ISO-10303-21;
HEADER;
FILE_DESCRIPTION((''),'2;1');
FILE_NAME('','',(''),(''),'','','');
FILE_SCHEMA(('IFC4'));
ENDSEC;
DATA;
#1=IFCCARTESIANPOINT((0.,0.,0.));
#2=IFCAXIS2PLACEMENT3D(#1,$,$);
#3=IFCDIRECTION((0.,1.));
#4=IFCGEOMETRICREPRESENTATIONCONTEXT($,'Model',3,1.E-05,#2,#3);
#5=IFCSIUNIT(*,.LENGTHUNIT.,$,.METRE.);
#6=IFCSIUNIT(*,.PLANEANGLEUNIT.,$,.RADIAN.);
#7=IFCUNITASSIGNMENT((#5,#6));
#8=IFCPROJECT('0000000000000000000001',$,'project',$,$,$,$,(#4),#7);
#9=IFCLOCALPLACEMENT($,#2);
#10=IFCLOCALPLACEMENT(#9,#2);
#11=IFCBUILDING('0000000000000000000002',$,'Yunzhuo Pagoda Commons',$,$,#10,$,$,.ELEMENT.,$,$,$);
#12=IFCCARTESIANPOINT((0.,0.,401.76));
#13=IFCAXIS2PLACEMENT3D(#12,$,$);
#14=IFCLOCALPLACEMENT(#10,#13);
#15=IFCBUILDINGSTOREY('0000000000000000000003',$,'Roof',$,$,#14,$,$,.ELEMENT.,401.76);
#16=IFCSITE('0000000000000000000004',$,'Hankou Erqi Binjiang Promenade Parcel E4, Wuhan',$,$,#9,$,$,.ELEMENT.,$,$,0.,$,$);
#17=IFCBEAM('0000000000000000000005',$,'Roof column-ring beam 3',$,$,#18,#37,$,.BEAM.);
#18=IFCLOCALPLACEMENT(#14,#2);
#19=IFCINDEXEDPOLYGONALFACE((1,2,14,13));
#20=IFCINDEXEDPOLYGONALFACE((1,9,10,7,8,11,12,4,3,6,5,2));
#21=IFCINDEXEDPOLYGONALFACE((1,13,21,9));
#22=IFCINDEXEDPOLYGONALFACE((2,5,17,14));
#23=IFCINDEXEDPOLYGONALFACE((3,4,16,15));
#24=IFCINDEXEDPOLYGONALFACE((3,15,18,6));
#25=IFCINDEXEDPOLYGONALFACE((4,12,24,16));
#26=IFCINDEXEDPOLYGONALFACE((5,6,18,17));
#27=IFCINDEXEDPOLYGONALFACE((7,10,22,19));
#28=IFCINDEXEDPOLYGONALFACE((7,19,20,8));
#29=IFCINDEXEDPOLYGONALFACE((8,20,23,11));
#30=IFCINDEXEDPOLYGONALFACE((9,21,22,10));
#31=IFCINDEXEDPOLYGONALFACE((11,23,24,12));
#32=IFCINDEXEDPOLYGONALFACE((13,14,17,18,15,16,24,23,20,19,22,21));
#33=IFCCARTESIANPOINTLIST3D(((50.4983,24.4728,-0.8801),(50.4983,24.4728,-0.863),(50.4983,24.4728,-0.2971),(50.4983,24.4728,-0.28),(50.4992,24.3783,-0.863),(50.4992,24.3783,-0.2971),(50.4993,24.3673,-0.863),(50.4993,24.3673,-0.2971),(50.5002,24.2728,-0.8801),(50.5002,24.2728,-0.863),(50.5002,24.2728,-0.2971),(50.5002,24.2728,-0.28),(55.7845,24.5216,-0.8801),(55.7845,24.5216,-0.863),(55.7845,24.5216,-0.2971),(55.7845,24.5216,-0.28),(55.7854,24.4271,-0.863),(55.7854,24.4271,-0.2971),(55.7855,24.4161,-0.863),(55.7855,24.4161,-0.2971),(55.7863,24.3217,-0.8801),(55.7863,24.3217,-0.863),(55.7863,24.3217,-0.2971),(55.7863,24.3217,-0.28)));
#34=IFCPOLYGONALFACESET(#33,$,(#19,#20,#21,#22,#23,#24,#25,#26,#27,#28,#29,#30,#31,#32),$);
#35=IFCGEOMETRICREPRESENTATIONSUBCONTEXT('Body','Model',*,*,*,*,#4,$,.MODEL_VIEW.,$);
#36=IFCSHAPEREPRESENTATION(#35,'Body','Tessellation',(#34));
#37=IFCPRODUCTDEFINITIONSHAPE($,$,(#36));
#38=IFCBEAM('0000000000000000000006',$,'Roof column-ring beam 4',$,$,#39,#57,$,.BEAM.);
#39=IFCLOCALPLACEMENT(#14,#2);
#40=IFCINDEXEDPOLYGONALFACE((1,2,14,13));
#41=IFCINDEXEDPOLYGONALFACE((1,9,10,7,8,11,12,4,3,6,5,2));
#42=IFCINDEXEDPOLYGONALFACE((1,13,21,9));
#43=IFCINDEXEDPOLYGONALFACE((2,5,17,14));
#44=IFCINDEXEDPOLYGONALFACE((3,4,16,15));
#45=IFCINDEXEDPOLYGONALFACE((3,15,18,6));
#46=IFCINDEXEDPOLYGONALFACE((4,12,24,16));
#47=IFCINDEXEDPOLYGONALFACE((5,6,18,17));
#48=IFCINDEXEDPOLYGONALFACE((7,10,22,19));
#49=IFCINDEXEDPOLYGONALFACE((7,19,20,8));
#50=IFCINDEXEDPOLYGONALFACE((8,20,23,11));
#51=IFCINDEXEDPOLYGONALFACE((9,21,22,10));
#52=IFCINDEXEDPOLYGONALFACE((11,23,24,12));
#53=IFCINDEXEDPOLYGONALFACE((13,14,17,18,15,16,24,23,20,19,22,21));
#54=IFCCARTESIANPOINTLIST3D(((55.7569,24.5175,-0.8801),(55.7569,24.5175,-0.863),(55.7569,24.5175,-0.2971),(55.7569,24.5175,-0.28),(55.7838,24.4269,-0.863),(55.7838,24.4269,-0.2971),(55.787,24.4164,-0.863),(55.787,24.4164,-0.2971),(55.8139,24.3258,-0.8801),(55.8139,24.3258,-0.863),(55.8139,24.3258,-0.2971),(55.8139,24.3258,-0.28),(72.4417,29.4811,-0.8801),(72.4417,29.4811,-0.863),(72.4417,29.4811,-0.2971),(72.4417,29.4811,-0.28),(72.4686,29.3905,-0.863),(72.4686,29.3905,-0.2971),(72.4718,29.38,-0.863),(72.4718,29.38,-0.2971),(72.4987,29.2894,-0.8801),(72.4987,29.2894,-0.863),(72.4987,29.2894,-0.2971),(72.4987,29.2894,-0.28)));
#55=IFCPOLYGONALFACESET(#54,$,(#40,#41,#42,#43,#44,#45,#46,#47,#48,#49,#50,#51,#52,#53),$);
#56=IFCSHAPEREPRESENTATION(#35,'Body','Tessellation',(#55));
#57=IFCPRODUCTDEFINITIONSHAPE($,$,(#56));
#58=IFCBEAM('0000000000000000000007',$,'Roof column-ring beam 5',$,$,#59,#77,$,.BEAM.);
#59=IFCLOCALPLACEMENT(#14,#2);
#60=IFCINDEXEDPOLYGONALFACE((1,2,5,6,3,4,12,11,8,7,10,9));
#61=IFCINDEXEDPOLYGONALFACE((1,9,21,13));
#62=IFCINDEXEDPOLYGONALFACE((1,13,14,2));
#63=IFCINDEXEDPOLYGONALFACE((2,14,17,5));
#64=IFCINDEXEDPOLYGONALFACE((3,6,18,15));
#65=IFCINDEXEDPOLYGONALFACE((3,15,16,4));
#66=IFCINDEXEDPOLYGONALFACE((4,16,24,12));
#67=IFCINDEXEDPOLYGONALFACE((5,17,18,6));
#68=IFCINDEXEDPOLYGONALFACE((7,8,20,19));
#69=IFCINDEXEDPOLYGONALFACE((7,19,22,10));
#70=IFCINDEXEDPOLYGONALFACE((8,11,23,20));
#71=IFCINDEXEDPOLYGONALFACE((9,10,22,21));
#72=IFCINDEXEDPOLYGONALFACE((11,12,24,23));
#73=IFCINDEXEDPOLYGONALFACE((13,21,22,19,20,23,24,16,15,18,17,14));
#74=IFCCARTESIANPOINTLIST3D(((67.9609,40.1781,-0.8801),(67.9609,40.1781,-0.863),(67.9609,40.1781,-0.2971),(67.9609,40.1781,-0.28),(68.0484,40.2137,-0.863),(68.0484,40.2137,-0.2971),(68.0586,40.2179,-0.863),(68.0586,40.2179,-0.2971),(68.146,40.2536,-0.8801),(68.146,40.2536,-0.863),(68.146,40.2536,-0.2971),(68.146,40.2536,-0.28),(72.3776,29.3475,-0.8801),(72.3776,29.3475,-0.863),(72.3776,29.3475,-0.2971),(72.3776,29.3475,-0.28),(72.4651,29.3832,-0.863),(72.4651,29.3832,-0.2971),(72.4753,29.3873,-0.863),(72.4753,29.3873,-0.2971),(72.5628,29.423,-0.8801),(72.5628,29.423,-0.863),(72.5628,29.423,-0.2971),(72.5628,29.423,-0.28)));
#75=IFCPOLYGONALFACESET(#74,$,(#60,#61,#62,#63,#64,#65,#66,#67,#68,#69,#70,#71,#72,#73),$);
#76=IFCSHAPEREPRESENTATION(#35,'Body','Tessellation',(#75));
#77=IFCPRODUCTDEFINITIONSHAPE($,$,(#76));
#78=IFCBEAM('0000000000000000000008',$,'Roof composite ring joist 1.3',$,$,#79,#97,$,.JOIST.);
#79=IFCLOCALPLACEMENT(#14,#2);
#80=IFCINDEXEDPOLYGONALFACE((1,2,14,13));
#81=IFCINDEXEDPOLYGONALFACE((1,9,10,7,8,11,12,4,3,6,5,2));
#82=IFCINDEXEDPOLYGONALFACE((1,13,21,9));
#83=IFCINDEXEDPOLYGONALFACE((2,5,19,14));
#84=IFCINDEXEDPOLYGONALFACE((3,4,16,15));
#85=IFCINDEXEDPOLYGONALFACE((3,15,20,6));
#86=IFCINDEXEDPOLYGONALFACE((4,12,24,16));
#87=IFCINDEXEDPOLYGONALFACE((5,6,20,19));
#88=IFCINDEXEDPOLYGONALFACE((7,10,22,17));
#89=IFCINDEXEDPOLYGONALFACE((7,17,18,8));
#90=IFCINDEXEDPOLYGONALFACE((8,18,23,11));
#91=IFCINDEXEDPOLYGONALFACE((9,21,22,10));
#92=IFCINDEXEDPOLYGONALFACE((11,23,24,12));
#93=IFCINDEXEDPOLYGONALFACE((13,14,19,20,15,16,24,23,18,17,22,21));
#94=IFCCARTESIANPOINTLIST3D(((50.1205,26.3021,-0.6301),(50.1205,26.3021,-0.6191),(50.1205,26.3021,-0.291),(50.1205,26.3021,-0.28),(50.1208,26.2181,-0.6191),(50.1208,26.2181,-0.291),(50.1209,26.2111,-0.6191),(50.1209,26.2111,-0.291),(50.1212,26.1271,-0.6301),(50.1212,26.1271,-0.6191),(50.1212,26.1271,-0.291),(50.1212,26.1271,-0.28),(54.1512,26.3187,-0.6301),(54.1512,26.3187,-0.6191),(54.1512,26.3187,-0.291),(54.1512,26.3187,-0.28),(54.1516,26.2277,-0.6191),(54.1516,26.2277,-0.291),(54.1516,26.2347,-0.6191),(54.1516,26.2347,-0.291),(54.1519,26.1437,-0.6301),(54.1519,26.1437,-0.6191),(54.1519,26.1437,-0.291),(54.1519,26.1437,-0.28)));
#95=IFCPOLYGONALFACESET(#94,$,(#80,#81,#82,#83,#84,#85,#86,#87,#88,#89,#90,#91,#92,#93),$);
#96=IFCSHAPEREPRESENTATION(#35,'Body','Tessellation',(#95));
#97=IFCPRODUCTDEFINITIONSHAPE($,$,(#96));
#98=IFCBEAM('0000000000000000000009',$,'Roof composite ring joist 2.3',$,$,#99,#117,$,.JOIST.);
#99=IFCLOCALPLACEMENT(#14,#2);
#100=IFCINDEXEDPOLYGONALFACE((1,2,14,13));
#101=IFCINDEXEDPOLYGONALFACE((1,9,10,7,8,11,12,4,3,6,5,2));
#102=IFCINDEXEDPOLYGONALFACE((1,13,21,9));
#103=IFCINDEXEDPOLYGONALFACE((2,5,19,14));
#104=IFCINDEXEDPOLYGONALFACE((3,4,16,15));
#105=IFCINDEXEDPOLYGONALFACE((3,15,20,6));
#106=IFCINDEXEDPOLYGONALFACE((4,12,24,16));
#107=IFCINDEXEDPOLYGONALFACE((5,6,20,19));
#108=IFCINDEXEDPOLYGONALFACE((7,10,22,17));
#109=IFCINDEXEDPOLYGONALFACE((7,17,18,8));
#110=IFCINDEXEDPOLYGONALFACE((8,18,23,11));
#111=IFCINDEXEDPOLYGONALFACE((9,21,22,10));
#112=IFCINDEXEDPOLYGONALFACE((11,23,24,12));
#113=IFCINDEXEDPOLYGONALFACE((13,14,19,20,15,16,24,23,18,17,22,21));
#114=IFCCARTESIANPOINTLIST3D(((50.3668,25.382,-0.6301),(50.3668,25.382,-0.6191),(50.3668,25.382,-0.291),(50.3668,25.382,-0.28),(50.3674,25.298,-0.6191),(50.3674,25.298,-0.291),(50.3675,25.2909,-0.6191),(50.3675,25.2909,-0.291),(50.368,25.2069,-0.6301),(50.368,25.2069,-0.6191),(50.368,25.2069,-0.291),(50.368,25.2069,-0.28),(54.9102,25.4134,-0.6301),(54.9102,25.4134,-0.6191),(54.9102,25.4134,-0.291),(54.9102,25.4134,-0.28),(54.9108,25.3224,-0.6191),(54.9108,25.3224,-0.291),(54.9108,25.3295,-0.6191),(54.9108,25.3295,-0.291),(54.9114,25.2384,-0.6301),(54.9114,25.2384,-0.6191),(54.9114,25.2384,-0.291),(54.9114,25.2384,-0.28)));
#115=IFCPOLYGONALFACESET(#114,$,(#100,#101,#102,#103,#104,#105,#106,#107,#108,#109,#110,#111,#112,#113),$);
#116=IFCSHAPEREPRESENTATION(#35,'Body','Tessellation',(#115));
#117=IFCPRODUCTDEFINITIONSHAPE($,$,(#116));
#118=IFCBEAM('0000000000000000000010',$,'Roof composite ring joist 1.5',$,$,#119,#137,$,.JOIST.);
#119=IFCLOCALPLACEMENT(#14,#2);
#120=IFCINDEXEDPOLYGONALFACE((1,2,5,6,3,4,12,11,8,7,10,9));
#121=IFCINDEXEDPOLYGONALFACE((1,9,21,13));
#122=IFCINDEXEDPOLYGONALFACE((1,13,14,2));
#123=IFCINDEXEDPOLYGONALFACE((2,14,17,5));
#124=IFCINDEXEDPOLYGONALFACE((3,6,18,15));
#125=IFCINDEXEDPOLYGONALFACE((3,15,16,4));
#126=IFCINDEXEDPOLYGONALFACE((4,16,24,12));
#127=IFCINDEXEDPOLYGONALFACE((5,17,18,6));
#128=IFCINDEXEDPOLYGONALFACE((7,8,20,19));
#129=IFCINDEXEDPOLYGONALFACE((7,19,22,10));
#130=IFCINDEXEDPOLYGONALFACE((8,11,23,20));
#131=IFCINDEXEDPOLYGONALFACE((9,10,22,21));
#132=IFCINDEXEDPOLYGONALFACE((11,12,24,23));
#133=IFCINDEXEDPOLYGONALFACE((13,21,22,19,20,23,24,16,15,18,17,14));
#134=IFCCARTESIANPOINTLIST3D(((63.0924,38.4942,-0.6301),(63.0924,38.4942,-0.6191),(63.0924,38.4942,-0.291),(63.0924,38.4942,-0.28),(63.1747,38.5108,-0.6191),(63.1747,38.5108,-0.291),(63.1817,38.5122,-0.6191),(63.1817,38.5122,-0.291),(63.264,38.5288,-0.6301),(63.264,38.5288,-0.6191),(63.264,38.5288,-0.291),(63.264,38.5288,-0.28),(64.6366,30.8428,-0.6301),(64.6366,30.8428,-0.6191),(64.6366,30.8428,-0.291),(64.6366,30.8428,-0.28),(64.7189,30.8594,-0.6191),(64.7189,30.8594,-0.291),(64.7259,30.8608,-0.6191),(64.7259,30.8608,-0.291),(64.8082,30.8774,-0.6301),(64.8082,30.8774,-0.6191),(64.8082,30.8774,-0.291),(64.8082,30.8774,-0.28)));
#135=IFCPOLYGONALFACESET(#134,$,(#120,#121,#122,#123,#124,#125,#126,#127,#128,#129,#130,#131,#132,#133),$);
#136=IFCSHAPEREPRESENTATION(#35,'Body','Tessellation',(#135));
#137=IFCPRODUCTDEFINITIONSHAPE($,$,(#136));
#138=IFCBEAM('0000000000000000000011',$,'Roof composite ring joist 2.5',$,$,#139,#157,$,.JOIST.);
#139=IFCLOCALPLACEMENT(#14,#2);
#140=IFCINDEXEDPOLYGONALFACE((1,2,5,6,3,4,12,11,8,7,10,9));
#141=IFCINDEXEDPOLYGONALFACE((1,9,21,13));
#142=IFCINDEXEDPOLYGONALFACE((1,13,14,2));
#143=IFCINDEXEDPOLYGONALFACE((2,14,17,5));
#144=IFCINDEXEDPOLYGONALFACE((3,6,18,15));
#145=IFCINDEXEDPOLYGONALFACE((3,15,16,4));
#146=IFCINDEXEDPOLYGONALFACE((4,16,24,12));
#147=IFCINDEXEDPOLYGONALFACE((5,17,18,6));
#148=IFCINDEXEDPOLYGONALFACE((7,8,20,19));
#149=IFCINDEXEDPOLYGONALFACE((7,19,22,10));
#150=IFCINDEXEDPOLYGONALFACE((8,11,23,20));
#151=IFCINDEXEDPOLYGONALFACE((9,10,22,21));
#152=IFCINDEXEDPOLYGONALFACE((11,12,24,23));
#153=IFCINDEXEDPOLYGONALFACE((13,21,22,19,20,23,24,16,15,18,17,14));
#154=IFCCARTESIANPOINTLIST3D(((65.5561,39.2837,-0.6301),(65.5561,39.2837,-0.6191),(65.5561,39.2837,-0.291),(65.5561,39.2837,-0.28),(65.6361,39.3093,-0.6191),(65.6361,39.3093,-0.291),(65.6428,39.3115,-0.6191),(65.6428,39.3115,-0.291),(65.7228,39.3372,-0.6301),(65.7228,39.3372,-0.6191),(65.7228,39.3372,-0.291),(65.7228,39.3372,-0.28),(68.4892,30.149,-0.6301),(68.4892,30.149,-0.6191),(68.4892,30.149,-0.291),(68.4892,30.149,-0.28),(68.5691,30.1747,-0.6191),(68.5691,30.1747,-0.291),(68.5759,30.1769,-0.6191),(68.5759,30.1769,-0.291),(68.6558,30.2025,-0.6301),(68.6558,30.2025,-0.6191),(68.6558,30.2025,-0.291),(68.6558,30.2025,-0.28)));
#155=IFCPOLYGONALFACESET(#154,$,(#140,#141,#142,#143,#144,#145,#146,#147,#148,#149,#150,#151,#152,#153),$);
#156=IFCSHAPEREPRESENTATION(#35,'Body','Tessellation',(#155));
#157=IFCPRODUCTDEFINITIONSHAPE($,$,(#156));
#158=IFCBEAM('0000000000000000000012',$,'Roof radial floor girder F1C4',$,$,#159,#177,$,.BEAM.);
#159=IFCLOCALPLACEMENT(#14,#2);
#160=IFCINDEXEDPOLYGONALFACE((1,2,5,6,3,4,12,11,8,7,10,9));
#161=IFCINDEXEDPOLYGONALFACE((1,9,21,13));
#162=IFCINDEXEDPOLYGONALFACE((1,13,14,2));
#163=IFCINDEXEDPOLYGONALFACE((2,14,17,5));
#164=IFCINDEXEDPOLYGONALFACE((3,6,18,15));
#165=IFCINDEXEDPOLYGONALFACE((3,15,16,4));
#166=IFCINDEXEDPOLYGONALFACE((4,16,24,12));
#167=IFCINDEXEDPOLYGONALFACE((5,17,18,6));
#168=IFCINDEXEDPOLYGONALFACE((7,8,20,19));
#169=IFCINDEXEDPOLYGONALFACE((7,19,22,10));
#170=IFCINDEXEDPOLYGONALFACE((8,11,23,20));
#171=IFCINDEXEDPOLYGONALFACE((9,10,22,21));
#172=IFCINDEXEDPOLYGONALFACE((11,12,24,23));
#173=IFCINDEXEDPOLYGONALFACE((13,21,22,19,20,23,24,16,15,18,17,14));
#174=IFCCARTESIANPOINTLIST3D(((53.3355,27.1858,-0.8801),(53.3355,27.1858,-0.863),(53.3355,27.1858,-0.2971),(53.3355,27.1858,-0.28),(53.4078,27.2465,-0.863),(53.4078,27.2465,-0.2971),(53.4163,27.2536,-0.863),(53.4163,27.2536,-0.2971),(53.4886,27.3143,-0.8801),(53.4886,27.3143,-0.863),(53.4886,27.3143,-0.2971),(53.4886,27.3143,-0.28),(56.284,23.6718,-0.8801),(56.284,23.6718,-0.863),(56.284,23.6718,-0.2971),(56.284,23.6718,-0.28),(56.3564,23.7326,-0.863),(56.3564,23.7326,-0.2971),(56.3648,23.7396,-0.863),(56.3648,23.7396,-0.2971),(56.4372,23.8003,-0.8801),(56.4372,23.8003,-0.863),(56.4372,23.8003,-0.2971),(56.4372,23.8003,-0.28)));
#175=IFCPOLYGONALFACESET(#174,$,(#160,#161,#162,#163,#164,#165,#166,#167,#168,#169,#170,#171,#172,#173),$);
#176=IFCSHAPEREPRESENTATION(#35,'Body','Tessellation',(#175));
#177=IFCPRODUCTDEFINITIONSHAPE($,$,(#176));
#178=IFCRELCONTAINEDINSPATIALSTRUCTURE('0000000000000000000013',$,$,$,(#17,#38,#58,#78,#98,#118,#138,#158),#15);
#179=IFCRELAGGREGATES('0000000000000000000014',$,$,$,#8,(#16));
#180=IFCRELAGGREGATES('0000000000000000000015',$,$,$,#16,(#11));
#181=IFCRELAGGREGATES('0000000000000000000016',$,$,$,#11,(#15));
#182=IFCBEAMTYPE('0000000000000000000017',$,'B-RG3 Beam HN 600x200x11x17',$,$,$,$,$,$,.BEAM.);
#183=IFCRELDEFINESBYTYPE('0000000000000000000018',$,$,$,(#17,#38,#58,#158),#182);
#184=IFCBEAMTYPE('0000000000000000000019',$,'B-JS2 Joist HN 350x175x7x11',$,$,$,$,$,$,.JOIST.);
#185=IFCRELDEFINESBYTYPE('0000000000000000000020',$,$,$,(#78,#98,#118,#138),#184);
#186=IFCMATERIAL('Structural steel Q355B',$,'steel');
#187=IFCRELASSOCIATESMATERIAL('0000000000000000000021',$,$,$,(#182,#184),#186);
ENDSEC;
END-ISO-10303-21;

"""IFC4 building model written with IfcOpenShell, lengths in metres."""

from ifc_helpers import new_model, si_unit, direction, frame, origin, origin_2d, place, context, subcontext, project, spatial, i_section, extrude, source, transform, mapped, material, material_profile, profile_set, type_object, element, save


model = new_model("IFC4")

# Units and contexts
model_context = context("Model", 3, precision=1e-05, world=origin(), true_north=direction((0.0, 1.0)))
body_context = subcontext(model_context, "Body", "Model", "MODEL_VIEW")
ifc_project = project(units=[si_unit("LENGTHUNIT", "METRE"), si_unit("PLANEANGLEUNIT", "RADIAN")], contexts=[model_context])

# Site, building, storey
site_placement = place(None, origin())
site = spatial("IfcSite", under=ifc_project, at=site_placement, Name="Hankou Erqi Binjiang Promenade Parcel E4, Wuhan", CompositionType="ELEMENT", RefElevation=0.0)
building_placement = place(site_placement, origin())
building = spatial("IfcBuilding", under=site, at=building_placement, Name="Yunzhuo Pagoda Commons", CompositionType="ELEMENT")
storey_placement = place(building_placement, frame((0.0, 0.0, 401.76)))
storey = spatial("IfcBuildingStorey", under=building, at=storey_placement, Name="Roof", CompositionType="ELEMENT", Elevation=401.76)

# Beams
ifc_material_1 = material(Name="Structural steel Q355B", Category="steel")
ifc_material_profile_1 = material_profile(ifc_material_1, i_section(OverallWidth=0.2, OverallDepth=0.6001, WebThickness=0.011, FlangeThickness=0.0171, at=origin_2d()), Name="Structural steel Q355B")
ifc_profile_set_1 = profile_set([ifc_material_profile_1], Name="Structural steel Q355B")
beam_type_1 = type_object("IfcBeamType", Name="B-RG3 Beam HN 600x200x11x17", PredefinedType="BEAM", material=ifc_profile_set_1)
shared_shape_1 = source(origin(), body_context, "Body", "SweptSolid", [
    extrude(i_section(OverallWidth=0.2, OverallDepth=0.6001, WebThickness=0.011, FlangeThickness=0.0171, at=origin_2d()), origin(), (0.0, 0.0, 1.0), 5.2864),
])
beam_1_placement = place(storey_placement, frame((50.4993, 24.3728, -0.5801), z_axis=(0.999957, 0.009237, 0.0), x_axis=(-0.009237, 0.999957, 0.0)))
element("IfcBeam", 1, at=beam_1_placement, inside=storey, type_object=beam_type_1, Name="Roof column-ring beam 3", PredefinedType="BEAM", context=body_context, shape_type="MappedRepresentation", body=[
    mapped(shared_shape_1, transform((0.0, 0.0, 0.0), scale=1.0)),
])
shared_shape_2 = source(origin(), body_context, "Body", "SweptSolid", [
    extrude(i_section(OverallWidth=0.2, OverallDepth=0.6001, WebThickness=0.011, FlangeThickness=0.0171, at=origin_2d()), origin(), (0.0, 0.0, 1.0), 17.4075),
])
beam_2_placement = place(storey_placement, frame((55.7854, 24.4216, -0.5801), z_axis=(0.958485, 0.285143, 0.0), x_axis=(-0.285143, 0.958485, 0.0)))
element("IfcBeam", 2, at=beam_2_placement, inside=storey, type_object=beam_type_1, Name="Roof column-ring beam 4", PredefinedType="BEAM", context=body_context, shape_type="MappedRepresentation", body=[
    mapped(shared_shape_2, transform((0.0, 0.0, 0.0), scale=1.0)),
])
shared_shape_3 = source(origin(), body_context, "Body", "SweptSolid", [
    extrude(i_section(OverallWidth=0.2, OverallDepth=0.6001, WebThickness=0.011, FlangeThickness=0.0171, at=origin_2d()), origin(), (0.0, 0.0, 1.0), 11.6965),
])
beam_3_placement = place(storey_placement, frame((72.4702, 29.3853, -0.5801), z_axis=(-0.377612, 0.925964, 0.0), x_axis=(-0.925964, -0.377612, 0.0)))
element("IfcBeam", 3, at=beam_3_placement, inside=storey, type_object=beam_type_1, Name="Roof column-ring beam 5", PredefinedType="BEAM", context=body_context, shape_type="MappedRepresentation", body=[
    mapped(shared_shape_3, transform((0.0, 0.0, 0.0), scale=1.0)),
])
ifc_material_profile_2 = material_profile(ifc_material_1, i_section(OverallWidth=0.175, OverallDepth=0.3501, WebThickness=0.0071, FlangeThickness=0.011, at=origin_2d()), Name="Structural steel Q355B")
ifc_profile_set_2 = profile_set([ifc_material_profile_2], Name="Structural steel Q355B")
beam_type_2 = type_object("IfcBeamType", Name="B-JS2 Joist HN 350x175x7x11", PredefinedType="JOIST", material=ifc_profile_set_2)
shared_shape_4 = source(origin(), body_context, "Body", "SweptSolid", [
    extrude(i_section(OverallWidth=0.175, OverallDepth=0.3501, WebThickness=0.0071, FlangeThickness=0.011, at=origin_2d()), origin(), (0.0, 0.0, 1.0), 4.0308),
])
beam_4_placement = place(storey_placement, frame((50.1208, 26.2146, -0.4551), z_axis=(0.999992, 0.004119, 0.0), x_axis=(-0.004119, 0.999992, 0.0)))
element("IfcBeam", 4, at=beam_4_placement, inside=storey, type_object=beam_type_2, Name="Roof composite ring joist 1.3", PredefinedType="JOIST", context=body_context, shape_type="MappedRepresentation", body=[
    mapped(shared_shape_4, transform((0.0, 0.0, 0.0), scale=1.0)),
])
shared_shape_5 = source(origin(), body_context, "Body", "SweptSolid", [
    extrude(i_section(OverallWidth=0.175, OverallDepth=0.3501, WebThickness=0.0071, FlangeThickness=0.011, at=origin_2d()), origin(), (0.0, 0.0, 1.0), 4.5435),
])
beam_5_placement = place(storey_placement, frame((50.3674, 25.2944, -0.4551), z_axis=(0.999976, 0.006932, 0.0), x_axis=(-0.006932, 0.999976, 0.0)))
element("IfcBeam", 5, at=beam_5_placement, inside=storey, type_object=beam_type_2, Name="Roof composite ring joist 2.3", PredefinedType="JOIST", context=body_context, shape_type="MappedRepresentation", body=[
    mapped(shared_shape_5, transform((0.0, 0.0, 0.0), scale=1.0)),
])
shared_shape_6 = source(origin(), body_context, "Body", "SweptSolid", [
    extrude(i_section(OverallWidth=0.175, OverallDepth=0.3501, WebThickness=0.0071, FlangeThickness=0.011, at=origin_2d()), origin(), (0.0, 0.0, 1.0), 7.8057),
])
beam_6_placement = place(storey_placement, frame((64.7224, 30.8601, -0.4551), z_axis=(-0.19783, 0.980236, 0.0), x_axis=(-0.980236, -0.19783, 0.0)))
element("IfcBeam", 6, at=beam_6_placement, inside=storey, type_object=beam_type_2, Name="Roof composite ring joist 1.5", PredefinedType="JOIST", context=body_context, shape_type="MappedRepresentation", body=[
    mapped(shared_shape_6, transform((0.0, 0.0, 0.0), scale=1.0)),
])
shared_shape_7 = source(origin(), body_context, "Body", "SweptSolid", [
    extrude(i_section(OverallWidth=0.175, OverallDepth=0.3501, WebThickness=0.0071, FlangeThickness=0.011, at=origin_2d()), origin(), (0.0, 0.0, 1.0), 9.594),
])
beam_7_placement = place(storey_placement, frame((68.5725, 30.1758, -0.4551), z_axis=(-0.305719, 0.952122, 0.0), x_axis=(-0.952122, -0.305719, 0.0)))
element("IfcBeam", 7, at=beam_7_placement, inside=storey, type_object=beam_type_2, Name="Roof composite ring joist 2.5", PredefinedType="JOIST", context=body_context, shape_type="MappedRepresentation", body=[
    mapped(shared_shape_7, transform((0.0, 0.0, 0.0), scale=1.0)),
])
shared_shape_8 = source(origin(), body_context, "Body", "SweptSolid", [
    extrude(i_section(OverallWidth=0.2, OverallDepth=0.6001, WebThickness=0.011, FlangeThickness=0.0171, at=origin_2d()), origin(), (0.0, 0.0, 1.0), 4.5872),
])
beam_8_placement = place(storey_placement, frame((56.3606, 23.7361, -0.5801), z_axis=(-0.642783, 0.766049, 0.0), x_axis=(-0.766049, -0.642783, 0.0)))
element("IfcBeam", 8, at=beam_8_placement, inside=storey, type_object=beam_type_1, Name="Roof radial floor girder F1C4", PredefinedType="BEAM", context=body_context, shape_type="MappedRepresentation", body=[
    mapped(shared_shape_8, transform((0.0, 0.0, 0.0), scale=1.0)),
])

save(model, "model.ifc")
